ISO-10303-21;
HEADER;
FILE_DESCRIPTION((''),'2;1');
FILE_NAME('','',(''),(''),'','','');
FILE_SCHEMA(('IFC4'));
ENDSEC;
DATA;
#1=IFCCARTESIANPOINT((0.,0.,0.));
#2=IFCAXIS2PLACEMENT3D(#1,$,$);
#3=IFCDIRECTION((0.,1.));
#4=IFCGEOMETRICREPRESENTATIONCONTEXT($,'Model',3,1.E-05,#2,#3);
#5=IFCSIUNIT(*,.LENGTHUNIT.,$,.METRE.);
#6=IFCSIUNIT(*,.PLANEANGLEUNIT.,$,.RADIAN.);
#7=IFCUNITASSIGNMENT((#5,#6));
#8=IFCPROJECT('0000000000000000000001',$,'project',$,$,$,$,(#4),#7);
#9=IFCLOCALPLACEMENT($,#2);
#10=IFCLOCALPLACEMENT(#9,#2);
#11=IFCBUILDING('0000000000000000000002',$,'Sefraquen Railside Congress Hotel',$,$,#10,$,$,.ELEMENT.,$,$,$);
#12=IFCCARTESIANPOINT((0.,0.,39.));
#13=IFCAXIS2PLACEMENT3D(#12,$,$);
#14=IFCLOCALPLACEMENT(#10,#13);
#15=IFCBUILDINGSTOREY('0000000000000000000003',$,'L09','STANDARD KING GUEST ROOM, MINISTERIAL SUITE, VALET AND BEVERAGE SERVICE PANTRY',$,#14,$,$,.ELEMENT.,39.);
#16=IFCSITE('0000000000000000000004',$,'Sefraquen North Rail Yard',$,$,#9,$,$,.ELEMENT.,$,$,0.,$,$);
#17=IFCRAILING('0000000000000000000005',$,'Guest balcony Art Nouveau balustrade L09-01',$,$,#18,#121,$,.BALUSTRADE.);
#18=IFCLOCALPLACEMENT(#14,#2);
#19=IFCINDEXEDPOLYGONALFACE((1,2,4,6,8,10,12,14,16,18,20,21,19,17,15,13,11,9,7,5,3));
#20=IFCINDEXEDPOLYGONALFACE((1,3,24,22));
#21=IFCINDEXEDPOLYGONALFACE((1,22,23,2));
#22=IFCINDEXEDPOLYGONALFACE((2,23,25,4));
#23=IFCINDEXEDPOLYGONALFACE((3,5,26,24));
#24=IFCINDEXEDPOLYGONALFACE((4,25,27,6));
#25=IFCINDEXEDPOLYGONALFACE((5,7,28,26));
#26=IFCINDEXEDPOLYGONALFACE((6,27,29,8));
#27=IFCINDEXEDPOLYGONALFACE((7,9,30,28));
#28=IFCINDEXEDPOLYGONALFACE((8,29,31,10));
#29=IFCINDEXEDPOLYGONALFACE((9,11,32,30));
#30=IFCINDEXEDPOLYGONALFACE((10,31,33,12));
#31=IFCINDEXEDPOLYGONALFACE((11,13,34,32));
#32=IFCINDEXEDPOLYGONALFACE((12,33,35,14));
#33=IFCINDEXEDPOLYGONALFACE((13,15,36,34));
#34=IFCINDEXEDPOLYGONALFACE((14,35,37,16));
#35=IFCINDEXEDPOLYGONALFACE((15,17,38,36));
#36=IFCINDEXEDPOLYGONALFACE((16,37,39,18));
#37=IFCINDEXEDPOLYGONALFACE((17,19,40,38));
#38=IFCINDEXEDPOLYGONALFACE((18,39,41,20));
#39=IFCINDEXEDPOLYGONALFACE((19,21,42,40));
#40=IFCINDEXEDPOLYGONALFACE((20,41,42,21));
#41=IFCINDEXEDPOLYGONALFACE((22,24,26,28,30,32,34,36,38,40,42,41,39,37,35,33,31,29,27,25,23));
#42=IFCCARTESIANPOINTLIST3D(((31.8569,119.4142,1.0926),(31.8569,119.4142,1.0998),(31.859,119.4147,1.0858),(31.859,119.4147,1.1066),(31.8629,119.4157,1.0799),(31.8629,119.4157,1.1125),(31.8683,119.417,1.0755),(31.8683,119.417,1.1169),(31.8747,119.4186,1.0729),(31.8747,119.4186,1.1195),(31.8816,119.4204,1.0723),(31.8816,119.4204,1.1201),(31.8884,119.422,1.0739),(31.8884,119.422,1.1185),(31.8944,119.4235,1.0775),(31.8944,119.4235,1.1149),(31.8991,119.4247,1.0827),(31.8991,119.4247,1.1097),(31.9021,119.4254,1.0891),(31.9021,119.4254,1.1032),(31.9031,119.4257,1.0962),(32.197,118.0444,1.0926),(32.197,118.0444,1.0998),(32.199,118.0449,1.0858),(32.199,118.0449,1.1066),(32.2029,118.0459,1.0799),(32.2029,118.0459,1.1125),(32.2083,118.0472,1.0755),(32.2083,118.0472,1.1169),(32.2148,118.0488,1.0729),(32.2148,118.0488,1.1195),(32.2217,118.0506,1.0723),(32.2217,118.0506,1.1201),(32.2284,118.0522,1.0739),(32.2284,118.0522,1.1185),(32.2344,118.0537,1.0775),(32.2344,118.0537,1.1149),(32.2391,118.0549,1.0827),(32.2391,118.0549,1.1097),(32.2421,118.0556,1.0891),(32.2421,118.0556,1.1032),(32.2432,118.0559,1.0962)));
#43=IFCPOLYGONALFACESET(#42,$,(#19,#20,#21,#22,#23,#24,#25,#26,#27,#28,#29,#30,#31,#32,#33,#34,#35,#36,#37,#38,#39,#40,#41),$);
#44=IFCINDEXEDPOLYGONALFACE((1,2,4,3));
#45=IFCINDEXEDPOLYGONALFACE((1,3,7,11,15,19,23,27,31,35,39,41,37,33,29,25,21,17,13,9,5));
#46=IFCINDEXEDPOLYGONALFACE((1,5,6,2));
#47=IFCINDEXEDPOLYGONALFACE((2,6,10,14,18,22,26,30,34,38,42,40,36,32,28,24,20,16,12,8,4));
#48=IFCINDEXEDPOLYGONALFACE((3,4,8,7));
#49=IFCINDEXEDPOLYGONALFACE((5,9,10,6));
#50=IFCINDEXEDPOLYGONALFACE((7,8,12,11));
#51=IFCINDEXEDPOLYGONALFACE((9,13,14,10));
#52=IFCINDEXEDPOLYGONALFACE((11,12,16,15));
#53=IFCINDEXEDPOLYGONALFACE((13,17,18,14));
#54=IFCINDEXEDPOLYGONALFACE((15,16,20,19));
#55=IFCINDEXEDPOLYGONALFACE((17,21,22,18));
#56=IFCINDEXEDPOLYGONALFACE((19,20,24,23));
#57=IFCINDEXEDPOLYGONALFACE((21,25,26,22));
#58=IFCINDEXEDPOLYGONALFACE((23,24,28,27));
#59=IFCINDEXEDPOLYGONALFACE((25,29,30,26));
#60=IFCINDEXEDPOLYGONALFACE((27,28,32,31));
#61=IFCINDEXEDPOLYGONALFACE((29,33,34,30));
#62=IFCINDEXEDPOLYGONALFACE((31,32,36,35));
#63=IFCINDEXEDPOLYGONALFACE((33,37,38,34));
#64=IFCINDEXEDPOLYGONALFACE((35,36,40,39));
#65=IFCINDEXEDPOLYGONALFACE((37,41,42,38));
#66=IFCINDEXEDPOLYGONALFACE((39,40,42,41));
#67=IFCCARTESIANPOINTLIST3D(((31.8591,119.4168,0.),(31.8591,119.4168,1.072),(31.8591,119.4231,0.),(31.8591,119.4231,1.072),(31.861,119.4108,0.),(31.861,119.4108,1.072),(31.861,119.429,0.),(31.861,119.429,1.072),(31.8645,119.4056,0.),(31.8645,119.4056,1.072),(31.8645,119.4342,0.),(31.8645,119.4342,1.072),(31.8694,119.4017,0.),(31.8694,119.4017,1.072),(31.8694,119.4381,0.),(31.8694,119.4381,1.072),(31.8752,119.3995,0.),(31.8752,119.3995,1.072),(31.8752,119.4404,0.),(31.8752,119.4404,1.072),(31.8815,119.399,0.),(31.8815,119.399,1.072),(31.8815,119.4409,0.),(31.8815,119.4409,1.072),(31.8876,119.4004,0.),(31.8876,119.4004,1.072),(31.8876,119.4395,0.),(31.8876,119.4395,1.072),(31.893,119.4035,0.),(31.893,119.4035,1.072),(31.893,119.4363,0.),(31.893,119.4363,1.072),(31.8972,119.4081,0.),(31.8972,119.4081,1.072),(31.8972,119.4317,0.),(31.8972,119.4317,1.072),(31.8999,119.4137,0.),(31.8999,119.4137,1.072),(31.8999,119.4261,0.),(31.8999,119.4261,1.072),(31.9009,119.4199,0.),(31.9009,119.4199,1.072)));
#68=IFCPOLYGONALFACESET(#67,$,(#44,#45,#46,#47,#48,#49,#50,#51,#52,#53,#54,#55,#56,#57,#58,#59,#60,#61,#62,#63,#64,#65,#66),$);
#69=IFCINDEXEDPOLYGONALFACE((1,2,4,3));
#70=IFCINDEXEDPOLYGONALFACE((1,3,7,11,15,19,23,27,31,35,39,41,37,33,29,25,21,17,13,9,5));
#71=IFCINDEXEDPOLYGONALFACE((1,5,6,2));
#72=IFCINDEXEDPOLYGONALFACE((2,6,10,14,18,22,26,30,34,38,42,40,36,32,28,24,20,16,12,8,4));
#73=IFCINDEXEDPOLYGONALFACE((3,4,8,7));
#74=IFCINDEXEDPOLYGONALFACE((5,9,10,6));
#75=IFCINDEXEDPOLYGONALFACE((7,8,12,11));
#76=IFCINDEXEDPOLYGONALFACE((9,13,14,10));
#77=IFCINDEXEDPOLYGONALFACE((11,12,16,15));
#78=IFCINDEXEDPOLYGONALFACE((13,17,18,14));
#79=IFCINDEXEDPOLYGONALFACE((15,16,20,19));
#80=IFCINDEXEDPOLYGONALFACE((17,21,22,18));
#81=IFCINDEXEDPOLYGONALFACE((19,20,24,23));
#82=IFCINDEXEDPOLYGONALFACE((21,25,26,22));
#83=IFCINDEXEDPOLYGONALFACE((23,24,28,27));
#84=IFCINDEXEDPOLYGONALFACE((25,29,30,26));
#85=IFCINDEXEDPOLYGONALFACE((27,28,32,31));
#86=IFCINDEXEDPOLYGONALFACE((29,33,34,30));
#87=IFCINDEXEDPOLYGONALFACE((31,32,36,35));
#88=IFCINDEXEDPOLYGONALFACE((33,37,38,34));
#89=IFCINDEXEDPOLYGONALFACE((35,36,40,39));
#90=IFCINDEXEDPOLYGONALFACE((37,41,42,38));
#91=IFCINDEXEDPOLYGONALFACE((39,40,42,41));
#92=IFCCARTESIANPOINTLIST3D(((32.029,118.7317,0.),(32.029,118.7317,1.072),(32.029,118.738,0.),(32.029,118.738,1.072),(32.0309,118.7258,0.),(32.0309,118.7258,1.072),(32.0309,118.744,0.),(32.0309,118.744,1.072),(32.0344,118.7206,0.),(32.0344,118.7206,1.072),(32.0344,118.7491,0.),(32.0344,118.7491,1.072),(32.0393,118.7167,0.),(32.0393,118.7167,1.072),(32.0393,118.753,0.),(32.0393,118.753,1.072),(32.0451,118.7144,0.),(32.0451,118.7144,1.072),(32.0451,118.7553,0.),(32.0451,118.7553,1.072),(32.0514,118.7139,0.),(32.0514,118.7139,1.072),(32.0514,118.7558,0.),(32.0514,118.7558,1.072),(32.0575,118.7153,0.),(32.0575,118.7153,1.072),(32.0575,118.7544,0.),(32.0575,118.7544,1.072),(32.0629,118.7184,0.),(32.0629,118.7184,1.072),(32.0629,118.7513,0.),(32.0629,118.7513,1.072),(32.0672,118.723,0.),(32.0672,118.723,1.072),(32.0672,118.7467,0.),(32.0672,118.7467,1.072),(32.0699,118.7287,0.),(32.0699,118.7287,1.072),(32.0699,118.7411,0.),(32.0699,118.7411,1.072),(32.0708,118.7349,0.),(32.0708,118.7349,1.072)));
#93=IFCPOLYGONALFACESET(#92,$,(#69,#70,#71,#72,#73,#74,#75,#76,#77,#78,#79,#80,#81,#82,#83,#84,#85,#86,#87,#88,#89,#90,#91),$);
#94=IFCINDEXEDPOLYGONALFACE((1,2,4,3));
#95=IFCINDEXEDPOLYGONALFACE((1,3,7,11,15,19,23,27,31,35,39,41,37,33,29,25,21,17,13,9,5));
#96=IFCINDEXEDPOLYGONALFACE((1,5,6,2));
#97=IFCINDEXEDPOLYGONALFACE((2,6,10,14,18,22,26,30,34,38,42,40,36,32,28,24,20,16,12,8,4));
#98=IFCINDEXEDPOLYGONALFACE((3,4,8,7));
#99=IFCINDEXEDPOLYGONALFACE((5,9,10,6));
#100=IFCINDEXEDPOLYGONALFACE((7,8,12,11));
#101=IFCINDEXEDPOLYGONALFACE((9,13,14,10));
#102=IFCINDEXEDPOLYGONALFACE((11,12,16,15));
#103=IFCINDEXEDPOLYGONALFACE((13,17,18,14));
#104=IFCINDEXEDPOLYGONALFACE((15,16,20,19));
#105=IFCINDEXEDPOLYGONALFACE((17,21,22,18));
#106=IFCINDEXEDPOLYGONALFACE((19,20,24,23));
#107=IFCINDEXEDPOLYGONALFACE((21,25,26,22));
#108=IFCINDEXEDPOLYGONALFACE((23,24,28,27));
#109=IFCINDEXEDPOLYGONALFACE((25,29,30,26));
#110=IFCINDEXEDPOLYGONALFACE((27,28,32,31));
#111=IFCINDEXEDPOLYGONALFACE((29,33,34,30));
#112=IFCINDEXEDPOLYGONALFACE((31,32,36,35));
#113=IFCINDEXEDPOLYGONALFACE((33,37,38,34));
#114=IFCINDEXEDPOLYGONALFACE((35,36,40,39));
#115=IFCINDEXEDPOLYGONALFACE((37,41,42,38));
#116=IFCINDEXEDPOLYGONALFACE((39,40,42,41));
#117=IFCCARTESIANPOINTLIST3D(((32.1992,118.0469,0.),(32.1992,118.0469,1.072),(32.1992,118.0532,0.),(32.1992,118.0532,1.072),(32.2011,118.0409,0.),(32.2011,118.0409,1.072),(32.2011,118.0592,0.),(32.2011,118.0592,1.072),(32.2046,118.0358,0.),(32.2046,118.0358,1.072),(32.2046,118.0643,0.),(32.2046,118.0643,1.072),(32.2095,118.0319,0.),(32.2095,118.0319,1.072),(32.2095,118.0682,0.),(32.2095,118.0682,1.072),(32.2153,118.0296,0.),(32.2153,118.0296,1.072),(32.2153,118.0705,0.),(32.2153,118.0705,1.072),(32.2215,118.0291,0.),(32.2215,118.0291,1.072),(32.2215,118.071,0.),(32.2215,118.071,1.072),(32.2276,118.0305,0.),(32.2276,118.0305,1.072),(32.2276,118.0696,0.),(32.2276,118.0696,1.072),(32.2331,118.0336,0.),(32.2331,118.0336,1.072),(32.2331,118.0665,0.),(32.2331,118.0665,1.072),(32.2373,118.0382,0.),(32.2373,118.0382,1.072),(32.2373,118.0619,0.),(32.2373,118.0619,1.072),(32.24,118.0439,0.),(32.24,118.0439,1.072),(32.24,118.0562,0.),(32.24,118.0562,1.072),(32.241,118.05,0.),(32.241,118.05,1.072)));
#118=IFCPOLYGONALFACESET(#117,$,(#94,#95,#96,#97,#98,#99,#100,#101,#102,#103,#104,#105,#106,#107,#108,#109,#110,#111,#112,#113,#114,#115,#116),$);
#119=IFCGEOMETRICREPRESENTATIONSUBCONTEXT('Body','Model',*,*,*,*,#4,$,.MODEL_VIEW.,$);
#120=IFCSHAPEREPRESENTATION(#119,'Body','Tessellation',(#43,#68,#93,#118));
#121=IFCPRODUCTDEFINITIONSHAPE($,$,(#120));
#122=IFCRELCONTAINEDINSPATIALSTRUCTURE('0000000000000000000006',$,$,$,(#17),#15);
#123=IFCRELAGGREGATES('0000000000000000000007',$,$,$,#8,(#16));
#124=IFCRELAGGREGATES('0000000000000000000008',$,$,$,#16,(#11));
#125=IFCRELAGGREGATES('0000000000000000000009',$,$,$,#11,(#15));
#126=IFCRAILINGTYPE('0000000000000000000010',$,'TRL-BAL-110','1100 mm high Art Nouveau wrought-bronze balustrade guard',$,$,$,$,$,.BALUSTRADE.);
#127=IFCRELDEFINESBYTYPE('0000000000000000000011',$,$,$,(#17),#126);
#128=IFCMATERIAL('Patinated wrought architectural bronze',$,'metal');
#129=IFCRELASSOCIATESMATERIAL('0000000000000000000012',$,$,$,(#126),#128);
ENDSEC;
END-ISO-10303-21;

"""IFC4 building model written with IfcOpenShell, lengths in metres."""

from ifc_helpers import new_model, si_unit, direction, frame, origin, origin_2d, place, context, subcontext, project, spatial, circle, extrude, material, type_object, element, save


model = new_model("IFC4")

# Units and contexts
model_context = context("Model", 3, precision=1e-05, world=origin(), true_north=direction((0.0, 1.0)))
body_context = subcontext(model_context, "Body", "Model", "MODEL_VIEW")
ifc_project = project(units=[si_unit("LENGTHUNIT", "METRE"), si_unit("PLANEANGLEUNIT", "RADIAN")], contexts=[model_context])

# Site, building, storey
site_placement = place(None, origin())
site = spatial("IfcSite", under=ifc_project, at=site_placement, Name="Sefraquen North Rail Yard", CompositionType="ELEMENT", RefElevation=0.0)
building_placement = place(site_placement, origin())
building = spatial("IfcBuilding", under=site, at=building_placement, Name="Sefraquen Railside Congress Hotel", CompositionType="ELEMENT")
storey_placement = place(building_placement, frame((0.0, 0.0, 39.0)))
storey = spatial("IfcBuildingStorey", under=building, at=storey_placement, Name="L09", Description="STANDARD KING GUEST ROOM, MINISTERIAL SUITE, VALET AND BEVERAGE SERVICE PANTRY", CompositionType="ELEMENT", Elevation=39.0)

# Railing
ifc_material_1 = material(Name="Patinated wrought architectural bronze", Category="metal")
railing_type = type_object("IfcRailingType", Name="TRL-BAL-110", Description="1100 mm high Art Nouveau wrought-bronze balustrade guard", PredefinedType="BALUSTRADE", material=ifc_material_1)
railing_1_placement = place(storey_placement, frame((31.8799, 119.4199, 0.0)))
element("IfcRailing", 1, at=railing_1_placement, inside=storey, type_object=railing_type, Name="Guest balcony Art Nouveau balustrade L09-01", PredefinedType="BALUSTRADE", context=body_context, shape_type="SweptSolid", body=[
    extrude(circle(Radius=0.0239, at=origin_2d()), frame((0.0, 0.0, 1.0962), z_axis=(0.240948, -0.970538, 0.0), x_axis=(0.970538, 0.240948, 0.0)), (0.0, 0.0, 1.0), 1.4114),
    extrude(circle(Radius=0.021, at=origin_2d()), origin(), (0.0, 0.0, 1.0), 1.072),
    extrude(circle(Radius=0.021, at=origin_2d()), frame((0.1699, -0.6851, 0.0)), (0.0, 0.0, 1.0), 1.072),
    extrude(circle(Radius=0.021, at=origin_2d()), frame((0.3401, -1.3699, 0.0)), (0.0, 0.0, 1.0), 1.072),
])

save(model, "model.ifc")
